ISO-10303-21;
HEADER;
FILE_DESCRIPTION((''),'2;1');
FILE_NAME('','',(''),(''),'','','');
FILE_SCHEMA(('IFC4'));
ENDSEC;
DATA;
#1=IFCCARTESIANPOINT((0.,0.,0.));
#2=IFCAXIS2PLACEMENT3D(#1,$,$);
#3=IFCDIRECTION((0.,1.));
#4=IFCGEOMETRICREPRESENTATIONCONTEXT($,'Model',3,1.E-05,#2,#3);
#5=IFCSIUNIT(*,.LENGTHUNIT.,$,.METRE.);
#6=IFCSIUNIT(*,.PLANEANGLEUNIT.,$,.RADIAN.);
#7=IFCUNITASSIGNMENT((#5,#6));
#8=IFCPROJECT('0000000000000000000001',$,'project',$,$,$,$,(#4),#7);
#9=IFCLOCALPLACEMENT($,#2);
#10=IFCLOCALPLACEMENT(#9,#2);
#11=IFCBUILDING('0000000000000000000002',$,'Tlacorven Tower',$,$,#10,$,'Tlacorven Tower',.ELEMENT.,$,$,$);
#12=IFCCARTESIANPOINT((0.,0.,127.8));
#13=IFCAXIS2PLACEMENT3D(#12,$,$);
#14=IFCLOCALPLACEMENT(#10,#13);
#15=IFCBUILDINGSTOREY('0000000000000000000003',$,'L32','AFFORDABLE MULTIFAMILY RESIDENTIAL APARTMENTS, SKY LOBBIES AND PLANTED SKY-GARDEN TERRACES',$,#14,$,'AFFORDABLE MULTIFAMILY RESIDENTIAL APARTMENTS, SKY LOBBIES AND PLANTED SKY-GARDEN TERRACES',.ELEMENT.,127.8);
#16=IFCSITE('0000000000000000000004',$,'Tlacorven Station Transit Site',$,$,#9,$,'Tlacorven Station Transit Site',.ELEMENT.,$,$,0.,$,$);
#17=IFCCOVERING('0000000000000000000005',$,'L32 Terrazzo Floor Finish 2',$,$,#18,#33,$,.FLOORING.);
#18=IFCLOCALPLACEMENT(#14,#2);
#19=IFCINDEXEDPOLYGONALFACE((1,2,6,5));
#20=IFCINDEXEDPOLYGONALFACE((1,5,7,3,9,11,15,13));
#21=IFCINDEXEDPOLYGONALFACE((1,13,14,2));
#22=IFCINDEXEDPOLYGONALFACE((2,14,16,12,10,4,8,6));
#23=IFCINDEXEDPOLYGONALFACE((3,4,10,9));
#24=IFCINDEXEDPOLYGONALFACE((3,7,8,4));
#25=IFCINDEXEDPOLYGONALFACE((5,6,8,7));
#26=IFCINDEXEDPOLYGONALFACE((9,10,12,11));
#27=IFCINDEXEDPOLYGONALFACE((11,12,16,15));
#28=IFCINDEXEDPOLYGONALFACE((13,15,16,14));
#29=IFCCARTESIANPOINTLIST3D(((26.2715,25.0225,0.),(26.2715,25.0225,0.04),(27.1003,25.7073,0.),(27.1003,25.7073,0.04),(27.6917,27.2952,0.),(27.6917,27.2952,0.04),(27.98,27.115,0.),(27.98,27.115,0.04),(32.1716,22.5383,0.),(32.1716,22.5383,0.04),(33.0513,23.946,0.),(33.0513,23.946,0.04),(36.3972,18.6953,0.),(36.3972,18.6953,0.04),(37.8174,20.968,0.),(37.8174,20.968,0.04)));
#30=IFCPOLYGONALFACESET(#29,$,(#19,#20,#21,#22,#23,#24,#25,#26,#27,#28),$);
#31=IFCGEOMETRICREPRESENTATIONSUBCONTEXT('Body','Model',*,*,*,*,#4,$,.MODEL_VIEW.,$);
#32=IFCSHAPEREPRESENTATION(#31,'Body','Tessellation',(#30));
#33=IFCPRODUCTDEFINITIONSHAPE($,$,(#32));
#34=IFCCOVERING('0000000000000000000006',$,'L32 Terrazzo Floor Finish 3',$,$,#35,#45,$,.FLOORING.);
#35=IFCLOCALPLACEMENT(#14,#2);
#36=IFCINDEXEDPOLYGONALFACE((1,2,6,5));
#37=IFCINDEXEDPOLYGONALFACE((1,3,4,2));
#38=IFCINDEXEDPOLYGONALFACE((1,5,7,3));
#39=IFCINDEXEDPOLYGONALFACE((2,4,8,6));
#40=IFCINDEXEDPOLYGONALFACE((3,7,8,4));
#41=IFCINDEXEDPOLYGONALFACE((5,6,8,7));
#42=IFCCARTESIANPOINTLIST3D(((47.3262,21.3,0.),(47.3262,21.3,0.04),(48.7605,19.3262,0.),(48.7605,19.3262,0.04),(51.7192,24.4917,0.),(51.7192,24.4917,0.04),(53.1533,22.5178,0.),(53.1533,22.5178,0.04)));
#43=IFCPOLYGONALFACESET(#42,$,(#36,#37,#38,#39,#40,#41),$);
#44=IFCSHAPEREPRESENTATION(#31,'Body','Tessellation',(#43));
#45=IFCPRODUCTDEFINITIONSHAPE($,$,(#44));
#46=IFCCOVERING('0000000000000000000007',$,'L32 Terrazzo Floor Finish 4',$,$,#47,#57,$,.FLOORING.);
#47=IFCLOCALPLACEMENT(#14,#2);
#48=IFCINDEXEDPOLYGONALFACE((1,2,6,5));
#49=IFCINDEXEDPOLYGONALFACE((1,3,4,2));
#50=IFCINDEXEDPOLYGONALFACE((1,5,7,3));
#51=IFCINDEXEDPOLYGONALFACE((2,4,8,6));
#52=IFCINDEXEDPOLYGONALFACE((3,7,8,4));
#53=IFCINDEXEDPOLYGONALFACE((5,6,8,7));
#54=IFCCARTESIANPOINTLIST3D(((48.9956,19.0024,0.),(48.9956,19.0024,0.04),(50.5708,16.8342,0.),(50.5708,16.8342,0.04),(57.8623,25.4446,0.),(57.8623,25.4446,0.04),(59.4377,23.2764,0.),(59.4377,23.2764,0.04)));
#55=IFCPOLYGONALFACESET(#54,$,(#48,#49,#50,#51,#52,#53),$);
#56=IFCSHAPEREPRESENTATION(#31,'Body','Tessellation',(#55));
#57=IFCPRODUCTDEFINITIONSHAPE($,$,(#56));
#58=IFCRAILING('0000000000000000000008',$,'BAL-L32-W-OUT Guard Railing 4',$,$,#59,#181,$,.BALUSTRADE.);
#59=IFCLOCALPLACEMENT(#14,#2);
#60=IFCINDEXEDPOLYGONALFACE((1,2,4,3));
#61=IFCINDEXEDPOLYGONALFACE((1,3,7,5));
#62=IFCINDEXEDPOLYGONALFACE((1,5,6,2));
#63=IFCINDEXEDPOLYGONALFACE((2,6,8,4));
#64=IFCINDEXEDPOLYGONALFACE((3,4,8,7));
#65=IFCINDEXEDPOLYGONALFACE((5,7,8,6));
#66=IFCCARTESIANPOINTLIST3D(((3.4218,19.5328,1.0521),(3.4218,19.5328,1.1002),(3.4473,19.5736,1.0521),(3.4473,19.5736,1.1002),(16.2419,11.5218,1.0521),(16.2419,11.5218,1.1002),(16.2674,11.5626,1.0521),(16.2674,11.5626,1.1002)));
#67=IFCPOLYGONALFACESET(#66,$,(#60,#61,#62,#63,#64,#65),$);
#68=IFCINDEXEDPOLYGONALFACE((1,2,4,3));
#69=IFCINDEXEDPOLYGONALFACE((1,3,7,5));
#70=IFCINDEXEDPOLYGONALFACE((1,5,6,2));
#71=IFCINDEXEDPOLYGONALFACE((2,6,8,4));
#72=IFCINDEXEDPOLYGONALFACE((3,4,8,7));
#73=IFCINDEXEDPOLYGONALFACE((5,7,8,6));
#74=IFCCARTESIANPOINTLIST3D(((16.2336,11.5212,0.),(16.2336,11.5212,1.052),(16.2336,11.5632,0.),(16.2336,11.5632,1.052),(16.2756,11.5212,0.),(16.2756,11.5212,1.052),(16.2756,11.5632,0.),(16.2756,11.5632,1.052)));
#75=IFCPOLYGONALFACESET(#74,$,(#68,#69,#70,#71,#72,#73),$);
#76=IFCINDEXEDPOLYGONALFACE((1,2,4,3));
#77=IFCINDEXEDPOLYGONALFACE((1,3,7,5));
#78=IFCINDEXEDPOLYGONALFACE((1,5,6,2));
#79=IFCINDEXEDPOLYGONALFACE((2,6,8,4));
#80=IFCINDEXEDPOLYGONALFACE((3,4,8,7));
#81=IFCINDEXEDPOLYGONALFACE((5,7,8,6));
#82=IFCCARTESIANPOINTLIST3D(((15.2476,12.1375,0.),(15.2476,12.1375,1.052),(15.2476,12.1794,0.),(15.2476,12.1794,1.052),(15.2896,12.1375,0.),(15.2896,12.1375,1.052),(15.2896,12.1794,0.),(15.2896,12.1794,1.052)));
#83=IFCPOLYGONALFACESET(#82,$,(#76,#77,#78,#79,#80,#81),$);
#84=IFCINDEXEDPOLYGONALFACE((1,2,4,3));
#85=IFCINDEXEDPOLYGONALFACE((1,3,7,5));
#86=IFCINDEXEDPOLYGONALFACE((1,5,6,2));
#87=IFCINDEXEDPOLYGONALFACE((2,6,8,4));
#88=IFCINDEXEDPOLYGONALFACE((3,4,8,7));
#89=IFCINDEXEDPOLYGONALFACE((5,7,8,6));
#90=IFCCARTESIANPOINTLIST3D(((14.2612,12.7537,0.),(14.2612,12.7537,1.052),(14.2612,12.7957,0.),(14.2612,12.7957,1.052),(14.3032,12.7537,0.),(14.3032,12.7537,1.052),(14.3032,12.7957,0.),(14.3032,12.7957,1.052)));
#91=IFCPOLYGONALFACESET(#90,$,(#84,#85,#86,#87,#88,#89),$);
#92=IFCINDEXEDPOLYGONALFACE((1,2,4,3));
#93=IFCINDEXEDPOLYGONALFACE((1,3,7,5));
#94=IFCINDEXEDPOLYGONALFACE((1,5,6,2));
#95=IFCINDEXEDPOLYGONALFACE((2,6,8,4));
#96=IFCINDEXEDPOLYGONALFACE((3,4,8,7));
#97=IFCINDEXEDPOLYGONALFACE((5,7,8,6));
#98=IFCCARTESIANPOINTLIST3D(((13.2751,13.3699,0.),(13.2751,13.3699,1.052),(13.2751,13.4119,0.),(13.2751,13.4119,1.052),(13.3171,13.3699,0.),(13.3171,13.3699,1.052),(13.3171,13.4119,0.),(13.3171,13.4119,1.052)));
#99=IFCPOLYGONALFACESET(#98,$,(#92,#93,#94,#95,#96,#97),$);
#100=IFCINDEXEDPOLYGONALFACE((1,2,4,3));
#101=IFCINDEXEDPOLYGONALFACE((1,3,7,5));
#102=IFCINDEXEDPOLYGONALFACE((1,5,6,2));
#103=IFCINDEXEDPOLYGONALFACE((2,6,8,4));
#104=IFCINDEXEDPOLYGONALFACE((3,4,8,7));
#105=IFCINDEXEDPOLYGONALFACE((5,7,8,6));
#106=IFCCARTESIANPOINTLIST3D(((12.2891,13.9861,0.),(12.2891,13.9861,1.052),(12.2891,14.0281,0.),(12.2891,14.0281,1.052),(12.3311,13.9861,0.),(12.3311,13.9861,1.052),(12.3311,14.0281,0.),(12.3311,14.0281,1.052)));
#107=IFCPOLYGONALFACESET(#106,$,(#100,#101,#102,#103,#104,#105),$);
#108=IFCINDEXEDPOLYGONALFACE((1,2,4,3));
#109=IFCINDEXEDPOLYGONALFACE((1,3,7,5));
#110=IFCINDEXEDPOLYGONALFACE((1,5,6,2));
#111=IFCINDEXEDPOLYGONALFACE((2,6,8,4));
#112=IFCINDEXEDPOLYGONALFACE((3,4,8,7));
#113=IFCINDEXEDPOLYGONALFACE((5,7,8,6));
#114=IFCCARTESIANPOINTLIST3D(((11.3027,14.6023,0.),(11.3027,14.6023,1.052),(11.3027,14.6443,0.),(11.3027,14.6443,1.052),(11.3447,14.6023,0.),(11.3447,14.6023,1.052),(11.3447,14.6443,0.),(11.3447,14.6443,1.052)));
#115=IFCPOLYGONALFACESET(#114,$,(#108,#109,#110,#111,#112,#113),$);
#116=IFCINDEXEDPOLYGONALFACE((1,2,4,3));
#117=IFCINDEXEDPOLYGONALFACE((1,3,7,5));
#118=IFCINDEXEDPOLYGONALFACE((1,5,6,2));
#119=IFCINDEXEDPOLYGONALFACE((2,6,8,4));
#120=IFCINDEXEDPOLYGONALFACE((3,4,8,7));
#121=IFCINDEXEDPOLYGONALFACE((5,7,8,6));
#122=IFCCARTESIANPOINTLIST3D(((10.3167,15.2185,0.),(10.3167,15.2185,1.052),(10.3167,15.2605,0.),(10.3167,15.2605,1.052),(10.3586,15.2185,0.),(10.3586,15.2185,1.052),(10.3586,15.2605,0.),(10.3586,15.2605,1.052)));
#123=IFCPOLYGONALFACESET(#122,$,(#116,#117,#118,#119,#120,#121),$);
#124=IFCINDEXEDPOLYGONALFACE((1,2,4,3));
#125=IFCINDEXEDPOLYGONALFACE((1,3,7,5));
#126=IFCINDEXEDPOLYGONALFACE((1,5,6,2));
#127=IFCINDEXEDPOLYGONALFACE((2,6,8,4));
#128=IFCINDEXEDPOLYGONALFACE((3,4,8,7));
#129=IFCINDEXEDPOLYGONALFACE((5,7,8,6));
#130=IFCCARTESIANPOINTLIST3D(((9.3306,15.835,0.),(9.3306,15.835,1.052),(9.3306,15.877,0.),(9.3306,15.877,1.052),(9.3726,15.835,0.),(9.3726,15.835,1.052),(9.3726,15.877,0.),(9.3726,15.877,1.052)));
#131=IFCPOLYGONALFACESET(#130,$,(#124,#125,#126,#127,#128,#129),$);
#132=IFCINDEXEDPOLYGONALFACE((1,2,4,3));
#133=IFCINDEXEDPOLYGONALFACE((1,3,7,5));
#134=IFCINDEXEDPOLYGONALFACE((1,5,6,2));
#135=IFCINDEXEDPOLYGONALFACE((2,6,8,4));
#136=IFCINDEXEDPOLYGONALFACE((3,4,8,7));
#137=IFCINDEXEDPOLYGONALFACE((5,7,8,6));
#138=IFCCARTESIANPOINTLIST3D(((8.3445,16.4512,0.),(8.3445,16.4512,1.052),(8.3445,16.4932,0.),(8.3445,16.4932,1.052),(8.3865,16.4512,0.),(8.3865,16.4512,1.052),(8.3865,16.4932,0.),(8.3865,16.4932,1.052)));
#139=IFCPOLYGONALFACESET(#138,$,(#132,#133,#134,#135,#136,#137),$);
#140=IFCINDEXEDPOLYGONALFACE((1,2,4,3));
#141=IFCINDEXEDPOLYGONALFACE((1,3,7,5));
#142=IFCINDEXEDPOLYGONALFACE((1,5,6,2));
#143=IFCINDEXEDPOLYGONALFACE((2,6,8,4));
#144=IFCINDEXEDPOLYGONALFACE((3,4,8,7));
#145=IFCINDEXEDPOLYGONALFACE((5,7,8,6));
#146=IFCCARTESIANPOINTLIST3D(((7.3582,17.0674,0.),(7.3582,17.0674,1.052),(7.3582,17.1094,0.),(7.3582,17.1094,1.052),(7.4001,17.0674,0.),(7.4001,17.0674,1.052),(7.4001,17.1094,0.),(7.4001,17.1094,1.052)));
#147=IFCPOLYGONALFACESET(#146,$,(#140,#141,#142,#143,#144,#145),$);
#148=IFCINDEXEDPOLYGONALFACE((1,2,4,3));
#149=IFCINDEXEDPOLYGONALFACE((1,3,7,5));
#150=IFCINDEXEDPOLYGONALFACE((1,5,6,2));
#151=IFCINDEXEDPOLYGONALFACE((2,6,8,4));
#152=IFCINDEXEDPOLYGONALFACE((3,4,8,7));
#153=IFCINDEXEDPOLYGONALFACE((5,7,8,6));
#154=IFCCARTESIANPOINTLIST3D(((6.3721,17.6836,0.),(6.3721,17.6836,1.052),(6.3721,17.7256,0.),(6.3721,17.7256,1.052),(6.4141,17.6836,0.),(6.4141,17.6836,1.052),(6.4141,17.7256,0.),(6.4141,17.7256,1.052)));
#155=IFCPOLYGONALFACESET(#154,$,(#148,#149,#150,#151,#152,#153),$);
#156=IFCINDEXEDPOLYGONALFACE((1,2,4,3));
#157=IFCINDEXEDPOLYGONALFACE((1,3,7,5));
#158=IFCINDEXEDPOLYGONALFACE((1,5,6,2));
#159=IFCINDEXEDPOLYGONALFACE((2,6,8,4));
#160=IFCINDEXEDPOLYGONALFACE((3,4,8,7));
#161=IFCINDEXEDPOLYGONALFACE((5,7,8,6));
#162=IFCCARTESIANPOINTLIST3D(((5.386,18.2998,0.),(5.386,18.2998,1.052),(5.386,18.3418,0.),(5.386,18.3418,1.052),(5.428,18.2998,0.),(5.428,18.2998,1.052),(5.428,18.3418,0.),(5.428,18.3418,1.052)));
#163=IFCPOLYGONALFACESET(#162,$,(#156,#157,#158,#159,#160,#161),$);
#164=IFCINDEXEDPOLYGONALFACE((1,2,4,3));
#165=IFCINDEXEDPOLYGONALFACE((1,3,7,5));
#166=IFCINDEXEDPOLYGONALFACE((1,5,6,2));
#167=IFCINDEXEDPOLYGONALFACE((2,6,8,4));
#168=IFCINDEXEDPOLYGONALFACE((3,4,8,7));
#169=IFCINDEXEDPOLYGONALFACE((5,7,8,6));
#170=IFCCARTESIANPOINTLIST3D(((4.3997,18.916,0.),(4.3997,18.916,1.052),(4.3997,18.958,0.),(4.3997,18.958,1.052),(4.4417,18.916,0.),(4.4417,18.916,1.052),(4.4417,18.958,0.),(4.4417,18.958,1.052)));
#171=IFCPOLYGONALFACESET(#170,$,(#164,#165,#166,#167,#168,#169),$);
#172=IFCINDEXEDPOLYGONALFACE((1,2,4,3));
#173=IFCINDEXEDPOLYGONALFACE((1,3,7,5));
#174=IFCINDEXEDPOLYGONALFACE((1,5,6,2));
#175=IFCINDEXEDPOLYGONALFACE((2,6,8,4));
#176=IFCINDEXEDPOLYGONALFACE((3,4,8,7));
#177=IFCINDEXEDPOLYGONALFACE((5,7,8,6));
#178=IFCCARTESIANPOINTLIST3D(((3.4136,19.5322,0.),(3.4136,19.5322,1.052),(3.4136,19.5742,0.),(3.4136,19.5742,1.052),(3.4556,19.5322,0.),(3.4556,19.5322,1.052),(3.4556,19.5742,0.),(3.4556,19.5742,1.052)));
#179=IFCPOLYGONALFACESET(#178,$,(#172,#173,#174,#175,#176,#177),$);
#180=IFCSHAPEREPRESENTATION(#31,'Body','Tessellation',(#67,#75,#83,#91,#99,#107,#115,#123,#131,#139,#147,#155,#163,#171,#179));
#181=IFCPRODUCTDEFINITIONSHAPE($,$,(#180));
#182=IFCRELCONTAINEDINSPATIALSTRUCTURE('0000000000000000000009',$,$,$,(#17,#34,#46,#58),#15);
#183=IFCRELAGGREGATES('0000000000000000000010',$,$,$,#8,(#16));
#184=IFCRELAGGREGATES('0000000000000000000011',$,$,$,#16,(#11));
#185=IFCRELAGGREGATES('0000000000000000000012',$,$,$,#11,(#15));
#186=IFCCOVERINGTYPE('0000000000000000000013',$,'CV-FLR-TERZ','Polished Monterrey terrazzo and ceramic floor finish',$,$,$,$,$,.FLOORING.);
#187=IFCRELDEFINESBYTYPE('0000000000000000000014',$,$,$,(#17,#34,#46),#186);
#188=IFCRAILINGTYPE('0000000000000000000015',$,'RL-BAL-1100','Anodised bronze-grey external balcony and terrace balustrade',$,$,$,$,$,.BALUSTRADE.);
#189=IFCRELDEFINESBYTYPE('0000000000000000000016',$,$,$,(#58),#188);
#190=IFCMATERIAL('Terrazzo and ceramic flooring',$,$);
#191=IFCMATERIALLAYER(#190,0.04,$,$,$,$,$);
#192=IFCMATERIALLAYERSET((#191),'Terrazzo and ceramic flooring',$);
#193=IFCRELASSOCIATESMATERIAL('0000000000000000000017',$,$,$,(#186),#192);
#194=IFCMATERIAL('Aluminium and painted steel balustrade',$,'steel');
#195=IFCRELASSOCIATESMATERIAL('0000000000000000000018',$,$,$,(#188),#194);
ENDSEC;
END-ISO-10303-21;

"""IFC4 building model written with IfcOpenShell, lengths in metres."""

from ifc_helpers import new_model, si_unit, direction, frame, origin, origin_2d, place, context, subcontext, project, spatial, polyline, rectangle, outline, extrude, source, transform, mapped, material, layer, layer_set, type_object, element, save


model = new_model("IFC4")

# Units and contexts
model_context = context("Model", 3, precision=1e-05, world=origin(), true_north=direction((0.0, 1.0)))
body_context = subcontext(model_context, "Body", "Model", "MODEL_VIEW")
ifc_project = project(units=[si_unit("LENGTHUNIT", "METRE"), si_unit("PLANEANGLEUNIT", "RADIAN")], contexts=[model_context])

# Site, building, storey
site_placement = place(None, origin())
site = spatial("IfcSite", under=ifc_project, at=site_placement, Name="Tlacorven Station Transit Site", LongName="Tlacorven Station Transit Site", CompositionType="ELEMENT", RefElevation=0.0)
building_placement = place(site_placement, origin())
building = spatial("IfcBuilding", under=site, at=building_placement, Name="Tlacorven Tower", LongName="Tlacorven Tower", CompositionType="ELEMENT")
storey_placement = place(building_placement, frame((0.0, 0.0, 127.8)))
storey = spatial("IfcBuildingStorey", under=building, at=storey_placement, Name="L32", Description="AFFORDABLE MULTIFAMILY RESIDENTIAL APARTMENTS, SKY LOBBIES AND PLANTED SKY-GARDEN TERRACES", LongName="AFFORDABLE MULTIFAMILY RESIDENTIAL APARTMENTS, SKY LOBBIES AND PLANTED SKY-GARDEN TERRACES", CompositionType="ELEMENT", Elevation=127.8)

# Coverings
ifc_material_1 = material(Name="Terrazzo and ceramic flooring")
ifc_layer_1 = layer(ifc_material_1, 0.04)
ifc_layer_set_1 = layer_set([ifc_layer_1], Name="Terrazzo and ceramic flooring")
covering_type_1 = type_object("IfcCoveringType", Name="CV-FLR-TERZ", Description="Polished Monterrey terrazzo and ceramic floor finish", PredefinedType="FLOORING", material=ifc_layer_set_1)
covering_1_placement = place(storey_placement, origin())
element("IfcCovering", 1, at=covering_1_placement, inside=storey, type_object=covering_type_1, Name="L32 Terrazzo Floor Finish 2", PredefinedType="FLOORING", context=body_context, shape_type="SweptSolid", body=[
    extrude(outline(polyline([(37.8174, 20.968), (36.3972, 18.6953), (26.2715, 25.0225), (27.6917, 27.2952), (27.98, 27.115), (27.1003, 25.7073), (32.1716, 22.5383), (33.0513, 23.946), (37.8174, 20.968)])), origin(), (0.0, 0.0, 1.0), 0.04),
])
covering_2_placement = place(storey_placement, origin())
element("IfcCovering", 2, at=covering_2_placement, inside=storey, type_object=covering_type_1, Name="L32 Terrazzo Floor Finish 3", PredefinedType="FLOORING", context=body_context, shape_type="SweptSolid", body=[
    extrude(outline(polyline([(48.7605, 19.3262), (47.3262, 21.3), (51.7192, 24.4917), (53.1533, 22.5178), (48.7605, 19.3262)])), origin(), (0.0, 0.0, 1.0), 0.04),
])
covering_3_placement = place(storey_placement, origin())
element("IfcCovering", 3, at=covering_3_placement, inside=storey, type_object=covering_type_1, Name="L32 Terrazzo Floor Finish 4", PredefinedType="FLOORING", context=body_context, shape_type="SweptSolid", body=[
    extrude(outline(polyline([(50.5708, 16.8342), (48.9956, 19.0024), (57.8623, 25.4446), (59.4377, 23.2764), (50.5708, 16.8342)])), origin(), (0.0, 0.0, 1.0), 0.04),
])

# Railing
ifc_material_2 = material(Name="Aluminium and painted steel balustrade", Category="steel")
railing_type = type_object("IfcRailingType", Name="RL-BAL-1100", Description="Anodised bronze-grey external balcony and terrace balustrade", PredefinedType="BALUSTRADE", material=ifc_material_2)
shared_shape = source(origin(), body_context, "Body", "SweptSolid", [
    extrude(rectangle(XDim=0.0481, YDim=0.0481, at=origin_2d()), frame((0.0, 0.0, 1.0762), z_axis=(-0.848045, 0.529925, 0.0), x_axis=(-0.529925, -0.848045, 0.0)), (0.0, 0.0, 1.0), 15.1172),
    extrude(rectangle(XDim=0.042, YDim=0.042, at=origin_2d()), origin(), (0.0, 0.0, 1.0), 1.052),
    extrude(rectangle(XDim=0.042, YDim=0.042, at=origin_2d()), frame((-0.9861, 0.6162, 0.0)), (0.0, 0.0, 1.0), 1.052),
    extrude(rectangle(XDim=0.042, YDim=0.042, at=origin_2d()), frame((-1.9724, 1.2324, 0.0)), (0.0, 0.0, 1.0), 1.052),
    extrude(rectangle(XDim=0.042, YDim=0.042, at=origin_2d()), frame((-2.9585, 1.8486, 0.0)), (0.0, 0.0, 1.0), 1.052),
    extrude(rectangle(XDim=0.042, YDim=0.042, at=origin_2d()), frame((-3.9446, 2.4648, 0.0)), (0.0, 0.0, 1.0), 1.052),
    extrude(rectangle(XDim=0.042, YDim=0.042, at=origin_2d()), frame((-4.9309, 3.0811, 0.0)), (0.0, 0.0, 1.0), 1.052),
    extrude(rectangle(XDim=0.042, YDim=0.042, at=origin_2d()), frame((-5.917, 3.6973, 0.0)), (0.0, 0.0, 1.0), 1.052),
    extrude(rectangle(XDim=0.042, YDim=0.042, at=origin_2d()), frame((-6.9031, 4.3137, 0.0)), (0.0, 0.0, 1.0), 1.052),
    extrude(rectangle(XDim=0.042, YDim=0.042, at=origin_2d()), frame((-7.8892, 4.9299, 0.0)), (0.0, 0.0, 1.0), 1.052),
    extrude(rectangle(XDim=0.042, YDim=0.042, at=origin_2d()), frame((-8.8755, 5.5461, 0.0)), (0.0, 0.0, 1.0), 1.052),
    extrude(rectangle(XDim=0.042, YDim=0.042, at=origin_2d()), frame((-9.8616, 6.1624, 0.0)), (0.0, 0.0, 1.0), 1.052),
    extrude(rectangle(XDim=0.042, YDim=0.042, at=origin_2d()), frame((-10.8477, 6.7786, 0.0)), (0.0, 0.0, 1.0), 1.052),
    extrude(rectangle(XDim=0.042, YDim=0.042, at=origin_2d()), frame((-11.834, 7.3948, 0.0)), (0.0, 0.0, 1.0), 1.052),
    extrude(rectangle(XDim=0.042, YDim=0.042, at=origin_2d()), frame((-12.8201, 8.011, 0.0)), (0.0, 0.0, 1.0), 1.052),
])
railing_placement = place(storey_placement, frame((16.2546, 11.5422, 0.0)))
element("IfcRailing", 4, at=railing_placement, inside=storey, type_object=railing_type, Name="BAL-L32-W-OUT Guard Railing 4", PredefinedType="BALUSTRADE", context=body_context, shape_type="MappedRepresentation", body=[
    mapped(shared_shape, transform((0.0, 0.0, 0.0), scale=1.0)),
])

save(model, "model.ifc")
